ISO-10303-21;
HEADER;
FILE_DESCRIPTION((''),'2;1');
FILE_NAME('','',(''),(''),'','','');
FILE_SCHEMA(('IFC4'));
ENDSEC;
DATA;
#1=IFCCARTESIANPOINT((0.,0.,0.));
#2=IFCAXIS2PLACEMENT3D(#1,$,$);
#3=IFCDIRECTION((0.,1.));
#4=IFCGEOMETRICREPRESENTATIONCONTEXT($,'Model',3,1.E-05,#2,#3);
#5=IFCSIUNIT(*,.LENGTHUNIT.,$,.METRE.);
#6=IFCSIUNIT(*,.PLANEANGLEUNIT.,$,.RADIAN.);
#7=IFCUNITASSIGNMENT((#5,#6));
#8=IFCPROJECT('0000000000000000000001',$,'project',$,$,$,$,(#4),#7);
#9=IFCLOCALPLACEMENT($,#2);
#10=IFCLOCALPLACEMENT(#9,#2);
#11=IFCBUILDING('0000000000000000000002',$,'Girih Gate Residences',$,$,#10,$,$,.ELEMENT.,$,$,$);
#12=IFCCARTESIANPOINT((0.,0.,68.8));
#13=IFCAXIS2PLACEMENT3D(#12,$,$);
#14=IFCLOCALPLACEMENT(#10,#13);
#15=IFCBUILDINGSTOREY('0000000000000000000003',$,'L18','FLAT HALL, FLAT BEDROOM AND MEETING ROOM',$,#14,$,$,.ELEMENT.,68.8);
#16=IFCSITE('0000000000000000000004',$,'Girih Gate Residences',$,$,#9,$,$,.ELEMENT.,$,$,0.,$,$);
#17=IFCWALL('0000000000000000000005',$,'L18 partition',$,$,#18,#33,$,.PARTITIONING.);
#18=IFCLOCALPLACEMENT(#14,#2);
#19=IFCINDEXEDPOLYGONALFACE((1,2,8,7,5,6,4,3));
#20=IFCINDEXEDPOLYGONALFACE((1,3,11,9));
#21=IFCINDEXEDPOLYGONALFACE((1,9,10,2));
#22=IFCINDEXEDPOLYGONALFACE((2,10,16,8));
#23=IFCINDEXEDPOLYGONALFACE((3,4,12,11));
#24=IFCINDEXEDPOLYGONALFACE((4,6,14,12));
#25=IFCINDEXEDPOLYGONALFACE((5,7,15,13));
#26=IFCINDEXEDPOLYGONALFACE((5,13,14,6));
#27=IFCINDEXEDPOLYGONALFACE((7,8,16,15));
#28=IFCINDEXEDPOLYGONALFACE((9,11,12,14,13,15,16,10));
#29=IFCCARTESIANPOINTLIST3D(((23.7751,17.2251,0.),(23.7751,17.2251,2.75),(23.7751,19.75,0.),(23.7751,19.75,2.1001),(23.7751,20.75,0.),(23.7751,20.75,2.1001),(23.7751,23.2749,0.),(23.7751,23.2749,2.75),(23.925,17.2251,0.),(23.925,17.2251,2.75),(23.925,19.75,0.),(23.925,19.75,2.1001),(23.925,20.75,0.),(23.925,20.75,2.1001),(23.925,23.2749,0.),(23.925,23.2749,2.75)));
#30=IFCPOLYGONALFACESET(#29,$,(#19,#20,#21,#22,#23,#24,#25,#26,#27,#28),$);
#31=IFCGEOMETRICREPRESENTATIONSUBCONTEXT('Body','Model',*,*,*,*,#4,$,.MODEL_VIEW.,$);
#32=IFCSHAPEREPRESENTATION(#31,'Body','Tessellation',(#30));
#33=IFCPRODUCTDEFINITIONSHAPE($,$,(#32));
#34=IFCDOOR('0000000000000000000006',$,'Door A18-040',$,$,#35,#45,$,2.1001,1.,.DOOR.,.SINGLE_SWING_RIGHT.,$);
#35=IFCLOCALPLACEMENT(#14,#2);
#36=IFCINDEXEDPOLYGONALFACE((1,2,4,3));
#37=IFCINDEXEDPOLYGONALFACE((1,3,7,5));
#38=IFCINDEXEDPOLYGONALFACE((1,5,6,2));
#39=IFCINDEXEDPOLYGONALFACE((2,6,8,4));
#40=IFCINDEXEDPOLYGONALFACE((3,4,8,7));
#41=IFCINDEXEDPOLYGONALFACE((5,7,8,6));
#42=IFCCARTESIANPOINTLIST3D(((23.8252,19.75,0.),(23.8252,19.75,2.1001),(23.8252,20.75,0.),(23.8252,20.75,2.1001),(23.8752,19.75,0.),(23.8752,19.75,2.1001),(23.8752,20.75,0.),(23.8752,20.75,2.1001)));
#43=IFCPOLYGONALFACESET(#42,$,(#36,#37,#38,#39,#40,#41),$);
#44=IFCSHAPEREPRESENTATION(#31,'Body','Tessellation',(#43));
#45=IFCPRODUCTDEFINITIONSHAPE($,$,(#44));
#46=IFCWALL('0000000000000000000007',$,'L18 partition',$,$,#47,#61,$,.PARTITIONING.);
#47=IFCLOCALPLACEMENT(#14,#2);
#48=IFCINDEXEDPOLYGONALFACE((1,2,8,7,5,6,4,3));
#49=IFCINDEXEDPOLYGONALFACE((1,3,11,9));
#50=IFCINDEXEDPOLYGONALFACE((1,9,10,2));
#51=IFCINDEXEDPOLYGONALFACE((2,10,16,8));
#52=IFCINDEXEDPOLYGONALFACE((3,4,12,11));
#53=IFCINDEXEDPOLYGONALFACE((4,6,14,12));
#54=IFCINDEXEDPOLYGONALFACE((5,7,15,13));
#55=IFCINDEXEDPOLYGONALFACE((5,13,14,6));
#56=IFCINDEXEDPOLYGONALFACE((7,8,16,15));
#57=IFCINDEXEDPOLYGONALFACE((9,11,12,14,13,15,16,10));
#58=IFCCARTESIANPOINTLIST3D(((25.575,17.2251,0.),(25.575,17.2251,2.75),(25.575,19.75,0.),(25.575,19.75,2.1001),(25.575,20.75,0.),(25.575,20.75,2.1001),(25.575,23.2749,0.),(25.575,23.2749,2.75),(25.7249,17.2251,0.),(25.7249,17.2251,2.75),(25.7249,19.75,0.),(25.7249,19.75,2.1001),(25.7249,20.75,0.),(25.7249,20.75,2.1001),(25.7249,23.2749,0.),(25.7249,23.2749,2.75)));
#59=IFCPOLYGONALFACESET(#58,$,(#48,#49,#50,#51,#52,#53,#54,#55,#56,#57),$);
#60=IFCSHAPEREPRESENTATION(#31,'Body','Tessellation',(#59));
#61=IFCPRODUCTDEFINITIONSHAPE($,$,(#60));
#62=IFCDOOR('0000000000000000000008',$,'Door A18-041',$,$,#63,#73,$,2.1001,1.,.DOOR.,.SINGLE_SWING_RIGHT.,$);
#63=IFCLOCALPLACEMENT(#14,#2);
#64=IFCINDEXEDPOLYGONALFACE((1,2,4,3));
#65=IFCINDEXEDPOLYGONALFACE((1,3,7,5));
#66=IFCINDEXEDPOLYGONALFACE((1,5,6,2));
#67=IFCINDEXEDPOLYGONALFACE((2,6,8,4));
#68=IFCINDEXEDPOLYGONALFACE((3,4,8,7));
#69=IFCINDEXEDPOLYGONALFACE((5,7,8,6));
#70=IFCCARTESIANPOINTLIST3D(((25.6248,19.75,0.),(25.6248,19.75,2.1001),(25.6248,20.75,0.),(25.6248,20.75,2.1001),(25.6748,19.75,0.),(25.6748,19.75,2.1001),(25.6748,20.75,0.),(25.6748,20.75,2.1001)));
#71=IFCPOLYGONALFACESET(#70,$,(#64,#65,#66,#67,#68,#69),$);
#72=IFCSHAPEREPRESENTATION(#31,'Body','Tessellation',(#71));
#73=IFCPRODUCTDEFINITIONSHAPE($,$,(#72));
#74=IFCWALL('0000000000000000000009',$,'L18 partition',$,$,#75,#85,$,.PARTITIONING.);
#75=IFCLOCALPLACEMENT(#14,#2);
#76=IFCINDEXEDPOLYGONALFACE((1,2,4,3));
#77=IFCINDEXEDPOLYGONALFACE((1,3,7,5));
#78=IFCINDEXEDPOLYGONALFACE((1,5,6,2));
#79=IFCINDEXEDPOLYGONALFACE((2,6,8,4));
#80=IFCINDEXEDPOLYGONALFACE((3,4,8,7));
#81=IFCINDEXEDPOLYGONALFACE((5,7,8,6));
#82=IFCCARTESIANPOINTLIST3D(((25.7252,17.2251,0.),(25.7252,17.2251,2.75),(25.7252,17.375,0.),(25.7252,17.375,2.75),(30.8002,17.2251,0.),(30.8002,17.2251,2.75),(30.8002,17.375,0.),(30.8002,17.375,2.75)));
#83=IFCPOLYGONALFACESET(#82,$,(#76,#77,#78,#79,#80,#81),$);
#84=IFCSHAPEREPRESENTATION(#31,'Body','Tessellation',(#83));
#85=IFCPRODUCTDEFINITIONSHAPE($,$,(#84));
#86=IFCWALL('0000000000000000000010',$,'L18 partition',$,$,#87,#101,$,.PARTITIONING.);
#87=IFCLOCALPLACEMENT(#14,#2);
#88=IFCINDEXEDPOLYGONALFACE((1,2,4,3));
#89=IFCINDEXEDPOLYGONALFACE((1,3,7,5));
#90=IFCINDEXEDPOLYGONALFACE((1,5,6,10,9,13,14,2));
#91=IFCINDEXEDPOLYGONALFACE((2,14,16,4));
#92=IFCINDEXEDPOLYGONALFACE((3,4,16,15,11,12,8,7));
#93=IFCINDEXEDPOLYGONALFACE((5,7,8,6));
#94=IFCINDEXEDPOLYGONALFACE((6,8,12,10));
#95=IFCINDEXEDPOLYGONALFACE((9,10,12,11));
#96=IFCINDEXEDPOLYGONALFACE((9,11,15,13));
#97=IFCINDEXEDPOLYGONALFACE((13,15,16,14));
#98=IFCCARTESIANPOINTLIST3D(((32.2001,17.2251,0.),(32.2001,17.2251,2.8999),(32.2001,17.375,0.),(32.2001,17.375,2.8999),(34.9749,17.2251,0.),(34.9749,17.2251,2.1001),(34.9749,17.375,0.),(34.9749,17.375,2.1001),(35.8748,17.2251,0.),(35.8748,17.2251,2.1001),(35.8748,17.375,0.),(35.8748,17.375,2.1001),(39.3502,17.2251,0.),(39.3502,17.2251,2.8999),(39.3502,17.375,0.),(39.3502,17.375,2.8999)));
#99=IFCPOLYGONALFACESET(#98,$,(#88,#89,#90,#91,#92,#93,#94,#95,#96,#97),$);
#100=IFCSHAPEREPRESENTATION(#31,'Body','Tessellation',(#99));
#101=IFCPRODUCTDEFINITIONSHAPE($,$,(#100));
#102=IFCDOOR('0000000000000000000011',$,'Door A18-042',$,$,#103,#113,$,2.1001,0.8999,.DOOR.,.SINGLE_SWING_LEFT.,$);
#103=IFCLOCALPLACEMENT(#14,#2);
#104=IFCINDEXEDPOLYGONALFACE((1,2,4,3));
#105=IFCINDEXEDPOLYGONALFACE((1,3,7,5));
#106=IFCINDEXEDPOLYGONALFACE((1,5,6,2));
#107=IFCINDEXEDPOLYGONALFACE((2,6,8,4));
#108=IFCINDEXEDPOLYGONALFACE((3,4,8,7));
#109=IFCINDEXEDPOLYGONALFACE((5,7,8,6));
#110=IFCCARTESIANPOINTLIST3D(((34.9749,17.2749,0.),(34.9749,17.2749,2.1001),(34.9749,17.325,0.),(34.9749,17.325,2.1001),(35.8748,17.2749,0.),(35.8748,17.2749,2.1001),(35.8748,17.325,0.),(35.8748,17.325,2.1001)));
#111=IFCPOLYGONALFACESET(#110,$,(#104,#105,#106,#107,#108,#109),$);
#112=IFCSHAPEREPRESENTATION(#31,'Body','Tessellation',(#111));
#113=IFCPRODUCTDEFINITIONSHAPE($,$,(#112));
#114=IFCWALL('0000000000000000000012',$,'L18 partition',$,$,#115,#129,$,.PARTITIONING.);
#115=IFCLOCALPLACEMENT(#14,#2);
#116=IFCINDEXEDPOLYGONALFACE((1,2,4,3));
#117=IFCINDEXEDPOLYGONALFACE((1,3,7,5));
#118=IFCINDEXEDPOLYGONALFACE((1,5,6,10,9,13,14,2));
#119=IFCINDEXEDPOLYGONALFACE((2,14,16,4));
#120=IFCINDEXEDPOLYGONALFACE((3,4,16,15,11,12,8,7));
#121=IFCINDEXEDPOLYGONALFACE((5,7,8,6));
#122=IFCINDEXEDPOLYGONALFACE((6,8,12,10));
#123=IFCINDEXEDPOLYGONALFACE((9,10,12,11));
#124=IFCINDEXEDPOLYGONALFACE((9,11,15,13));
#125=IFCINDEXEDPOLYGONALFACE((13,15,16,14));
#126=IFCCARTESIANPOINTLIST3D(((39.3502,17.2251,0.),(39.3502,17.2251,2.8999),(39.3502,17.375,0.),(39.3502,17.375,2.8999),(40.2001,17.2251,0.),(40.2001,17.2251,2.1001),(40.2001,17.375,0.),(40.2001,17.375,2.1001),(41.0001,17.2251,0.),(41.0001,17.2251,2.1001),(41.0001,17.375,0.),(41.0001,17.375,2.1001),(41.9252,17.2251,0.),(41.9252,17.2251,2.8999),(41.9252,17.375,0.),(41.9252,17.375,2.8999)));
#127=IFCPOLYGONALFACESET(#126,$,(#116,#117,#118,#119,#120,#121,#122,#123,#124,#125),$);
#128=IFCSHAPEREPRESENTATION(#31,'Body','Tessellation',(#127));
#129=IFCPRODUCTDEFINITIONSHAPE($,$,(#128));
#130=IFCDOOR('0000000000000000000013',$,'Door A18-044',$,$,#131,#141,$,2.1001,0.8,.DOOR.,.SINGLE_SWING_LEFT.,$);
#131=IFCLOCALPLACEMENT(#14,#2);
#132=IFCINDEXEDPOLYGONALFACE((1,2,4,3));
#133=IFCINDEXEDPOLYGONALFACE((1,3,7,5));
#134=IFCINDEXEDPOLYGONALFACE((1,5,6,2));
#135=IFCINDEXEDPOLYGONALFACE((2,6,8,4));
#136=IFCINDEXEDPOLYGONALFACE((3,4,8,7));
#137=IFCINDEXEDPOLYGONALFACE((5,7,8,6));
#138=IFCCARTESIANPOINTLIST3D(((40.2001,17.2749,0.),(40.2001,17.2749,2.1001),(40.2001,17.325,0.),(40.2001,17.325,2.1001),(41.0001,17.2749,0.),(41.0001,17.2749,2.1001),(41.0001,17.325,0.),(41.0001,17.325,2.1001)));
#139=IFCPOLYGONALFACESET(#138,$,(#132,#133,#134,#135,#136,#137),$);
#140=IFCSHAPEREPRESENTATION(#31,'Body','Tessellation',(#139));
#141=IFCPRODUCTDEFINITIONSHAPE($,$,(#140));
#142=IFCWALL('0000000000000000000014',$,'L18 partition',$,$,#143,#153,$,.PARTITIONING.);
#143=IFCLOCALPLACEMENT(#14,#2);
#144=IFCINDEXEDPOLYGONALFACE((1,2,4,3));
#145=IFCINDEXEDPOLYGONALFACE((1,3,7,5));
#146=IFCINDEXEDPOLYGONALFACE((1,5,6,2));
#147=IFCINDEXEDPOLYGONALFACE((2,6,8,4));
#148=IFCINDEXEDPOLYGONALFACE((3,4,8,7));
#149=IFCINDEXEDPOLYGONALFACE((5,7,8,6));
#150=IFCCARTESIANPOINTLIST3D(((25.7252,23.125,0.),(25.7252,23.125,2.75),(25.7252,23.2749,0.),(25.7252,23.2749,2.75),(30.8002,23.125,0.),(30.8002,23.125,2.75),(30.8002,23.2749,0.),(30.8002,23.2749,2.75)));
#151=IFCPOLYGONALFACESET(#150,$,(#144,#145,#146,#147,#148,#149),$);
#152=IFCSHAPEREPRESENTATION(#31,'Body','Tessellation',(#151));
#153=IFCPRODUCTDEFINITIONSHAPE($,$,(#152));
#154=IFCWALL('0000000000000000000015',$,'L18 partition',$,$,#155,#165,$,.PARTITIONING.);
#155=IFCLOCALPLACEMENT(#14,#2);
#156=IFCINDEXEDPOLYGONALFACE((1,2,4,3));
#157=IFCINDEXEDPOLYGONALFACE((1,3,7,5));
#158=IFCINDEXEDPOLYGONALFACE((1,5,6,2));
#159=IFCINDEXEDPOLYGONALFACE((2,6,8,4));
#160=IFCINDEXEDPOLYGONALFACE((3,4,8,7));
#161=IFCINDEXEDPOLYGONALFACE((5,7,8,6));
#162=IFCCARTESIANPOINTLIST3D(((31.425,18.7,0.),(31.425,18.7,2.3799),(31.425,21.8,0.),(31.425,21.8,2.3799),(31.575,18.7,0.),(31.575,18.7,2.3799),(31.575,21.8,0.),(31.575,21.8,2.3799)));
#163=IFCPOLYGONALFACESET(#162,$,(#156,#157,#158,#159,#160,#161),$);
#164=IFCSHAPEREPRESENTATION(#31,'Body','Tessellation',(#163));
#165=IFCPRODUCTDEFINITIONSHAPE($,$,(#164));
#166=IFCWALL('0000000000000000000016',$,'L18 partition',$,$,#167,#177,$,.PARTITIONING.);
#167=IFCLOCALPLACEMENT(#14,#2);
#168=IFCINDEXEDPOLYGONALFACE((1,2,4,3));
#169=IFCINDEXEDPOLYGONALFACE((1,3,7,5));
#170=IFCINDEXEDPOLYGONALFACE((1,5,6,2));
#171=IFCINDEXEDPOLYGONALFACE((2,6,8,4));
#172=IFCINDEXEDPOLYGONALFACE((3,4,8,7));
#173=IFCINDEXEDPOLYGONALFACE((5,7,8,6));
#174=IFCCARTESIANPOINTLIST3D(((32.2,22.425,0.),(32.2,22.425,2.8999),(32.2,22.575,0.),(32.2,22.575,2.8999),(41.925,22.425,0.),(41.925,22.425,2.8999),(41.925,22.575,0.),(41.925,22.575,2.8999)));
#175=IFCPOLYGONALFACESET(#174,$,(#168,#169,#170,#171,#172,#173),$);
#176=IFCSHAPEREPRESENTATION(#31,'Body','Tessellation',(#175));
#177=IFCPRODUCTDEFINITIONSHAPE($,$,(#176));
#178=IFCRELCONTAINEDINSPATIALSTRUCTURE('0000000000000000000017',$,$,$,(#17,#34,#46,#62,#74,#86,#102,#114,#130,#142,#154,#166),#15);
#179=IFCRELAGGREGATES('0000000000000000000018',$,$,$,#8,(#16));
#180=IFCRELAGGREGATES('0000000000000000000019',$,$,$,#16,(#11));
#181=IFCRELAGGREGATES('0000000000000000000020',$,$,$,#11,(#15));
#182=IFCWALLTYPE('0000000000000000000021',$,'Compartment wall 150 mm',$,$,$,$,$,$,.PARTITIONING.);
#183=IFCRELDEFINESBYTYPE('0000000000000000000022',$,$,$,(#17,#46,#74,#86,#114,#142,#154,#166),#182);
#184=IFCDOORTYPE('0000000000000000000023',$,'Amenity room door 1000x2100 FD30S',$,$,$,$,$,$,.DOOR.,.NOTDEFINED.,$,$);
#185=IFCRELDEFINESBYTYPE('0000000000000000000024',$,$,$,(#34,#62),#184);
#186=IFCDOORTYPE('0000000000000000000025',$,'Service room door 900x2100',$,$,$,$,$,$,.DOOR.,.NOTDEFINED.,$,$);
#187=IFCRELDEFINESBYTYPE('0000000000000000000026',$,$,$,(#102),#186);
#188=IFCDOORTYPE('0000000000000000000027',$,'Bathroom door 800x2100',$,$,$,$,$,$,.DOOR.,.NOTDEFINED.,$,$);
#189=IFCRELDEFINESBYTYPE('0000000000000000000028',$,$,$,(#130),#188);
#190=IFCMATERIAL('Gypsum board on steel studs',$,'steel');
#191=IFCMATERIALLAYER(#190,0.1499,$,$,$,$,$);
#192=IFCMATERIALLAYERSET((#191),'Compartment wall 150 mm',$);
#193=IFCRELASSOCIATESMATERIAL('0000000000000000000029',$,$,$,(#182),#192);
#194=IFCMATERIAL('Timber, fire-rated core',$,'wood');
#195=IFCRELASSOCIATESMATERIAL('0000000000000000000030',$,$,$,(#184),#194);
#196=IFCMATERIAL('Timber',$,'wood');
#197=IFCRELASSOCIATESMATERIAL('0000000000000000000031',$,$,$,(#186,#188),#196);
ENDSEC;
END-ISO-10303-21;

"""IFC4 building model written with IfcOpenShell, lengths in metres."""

from ifc_helpers import new_model, si_unit, direction, frame, frame_2d, origin, place, context, subcontext, project, spatial, rectangle, extrude, material, layer, layer_set, type_object, element, fill, save


model = new_model("IFC4")

# Units and contexts
model_context = context("Model", 3, precision=1e-05, world=origin(), true_north=direction((0.0, 1.0)))
body_context = subcontext(model_context, "Body", "Model", "MODEL_VIEW")
ifc_project = project(units=[si_unit("LENGTHUNIT", "METRE"), si_unit("PLANEANGLEUNIT", "RADIAN")], contexts=[model_context])

# Site, building, storey
site_placement = place(None, origin())
site = spatial("IfcSite", under=ifc_project, at=site_placement, Name="Girih Gate Residences", CompositionType="ELEMENT", RefElevation=0.0)
building_placement = place(site_placement, origin())
building = spatial("IfcBuilding", under=site, at=building_placement, Name="Girih Gate Residences", CompositionType="ELEMENT")
storey_placement = place(building_placement, frame((0.0, 0.0, 68.8)))
storey = spatial("IfcBuildingStorey", under=building, at=storey_placement, Name="L18", Description="FLAT HALL, FLAT BEDROOM AND MEETING ROOM", CompositionType="ELEMENT", Elevation=68.8)

# Shared definitions
ifc_material_1 = material(Name="Gypsum board on steel studs", Category="steel")
ifc_layer_1 = layer(ifc_material_1, 0.1499)
ifc_layer_set_1 = layer_set([ifc_layer_1], Name="Compartment wall 150 mm")
wall_type_1 = type_object("IfcWallType", Name="Compartment wall 150 mm", PredefinedType="PARTITIONING", material=ifc_layer_set_1)

# Walls, openings, doors
ifc_material_2 = material(Name="Timber, fire-rated core", Category="wood")
door_type_1 = type_object("IfcDoorType", Name="Amenity room door 1000x2100 FD30S", OperationType="NOTDEFINED", PredefinedType="DOOR", material=ifc_material_2)
wall_1_placement = place(storey_placement, frame((23.8501, 17.2251, 0.0), z_axis=(0.0, 0.0, 1.0), x_axis=(0.0, 1.0, 0.0)))
wall_1 = element("IfcWall", 1, at=wall_1_placement, inside=storey, type_object=wall_type_1, Name="L18 partition", PredefinedType="PARTITIONING", context=body_context, shape_type="SweptSolid", body=[
    extrude(rectangle(XDim=6.0498, YDim=0.1499, at=frame_2d((3.0249, 0.0))), origin(), (0.0, 0.0, 1.0), 2.75),
])
opening_1_placement = place(wall_1_placement, frame((2.5249, 0.0, 0.0)))
opening_1 = element("IfcOpeningElement", 2, at=opening_1_placement, cuts=wall_1, PredefinedType="OPENING", context=body_context, shape_type="SweptSolid", body=[
    extrude(rectangle(XDim=1.0, YDim=2.1001, at=frame_2d((0.5, 1.05))), frame((0.0, 0.085, 0.0), z_axis=(0.0, -1.0, 0.0), x_axis=(1.0, 0.0, 0.0)), (0.0, 0.0, 1.0), 0.1699),
])
door_1_placement = place(opening_1_placement, origin())
door_1 = element("IfcDoor", 3, at=door_1_placement, inside=storey, type_object=door_type_1, Name="Door A18-040", OperationType="SINGLE_SWING_RIGHT", OverallHeight=2.1001, OverallWidth=1.0, PredefinedType="DOOR", context=body_context, shape_type="SweptSolid", body=[
    extrude(rectangle(XDim=1.0, YDim=2.1001, at=frame_2d((0.5, 1.05))), frame((0.0, 0.0249, 0.0), z_axis=(0.0, -1.0, 0.0), x_axis=(1.0, 0.0, 0.0)), (0.0, 0.0, 1.0), 0.05),
])
fill(opening_1, door_1)
wall_2_placement = place(storey_placement, frame((25.6499, 23.2749, 0.0), z_axis=(0.0, 0.0, 1.0), x_axis=(0.0, -1.0, 0.0)))
wall_2 = element("IfcWall", 4, at=wall_2_placement, inside=storey, type_object=wall_type_1, Name="L18 partition", PredefinedType="PARTITIONING", context=body_context, shape_type="SweptSolid", body=[
    extrude(rectangle(XDim=6.0498, YDim=0.1499, at=frame_2d((3.0249, 0.0))), origin(), (0.0, 0.0, 1.0), 2.75),
])
opening_2_placement = place(wall_2_placement, frame((2.5249, 0.0, 0.0)))
opening_2 = element("IfcOpeningElement", 5, at=opening_2_placement, cuts=wall_2, PredefinedType="OPENING", context=body_context, shape_type="SweptSolid", body=[
    extrude(rectangle(XDim=1.0, YDim=2.1001, at=frame_2d((0.5, 1.05))), frame((0.0, 0.085, 0.0), z_axis=(0.0, -1.0, 0.0), x_axis=(1.0, 0.0, 0.0)), (0.0, 0.0, 1.0), 0.1699),
])
door_2_placement = place(opening_2_placement, origin())
door_2 = element("IfcDoor", 6, at=door_2_placement, inside=storey, type_object=door_type_1, Name="Door A18-041", OperationType="SINGLE_SWING_RIGHT", OverallHeight=2.1001, OverallWidth=1.0, PredefinedType="DOOR", context=body_context, shape_type="SweptSolid", body=[
    extrude(rectangle(XDim=1.0, YDim=2.1001, at=frame_2d((0.5, 1.05))), frame((0.0, 0.0249, 0.0), z_axis=(0.0, -1.0, 0.0), x_axis=(1.0, 0.0, 0.0)), (0.0, 0.0, 1.0), 0.05),
])
fill(opening_2, door_2)

# Wall
wall_3_placement = place(storey_placement, frame((25.7251, 17.3, 0.0), z_axis=(0.0, 0.0, 1.0), x_axis=(1.0, 0.0, 0.0)))
element("IfcWall", 7, at=wall_3_placement, inside=storey, type_object=wall_type_1, Name="L18 partition", PredefinedType="PARTITIONING", context=body_context, shape_type="SweptSolid", body=[
    extrude(rectangle(XDim=5.075, YDim=0.1499, at=frame_2d((2.5376, 0.0))), origin(), (0.0, 0.0, 1.0), 2.75),
])

# Walls, openings, doors
wall_4_placement = place(storey_placement, frame((32.2, 17.3, 0.0), z_axis=(0.0, 0.0, 1.0), x_axis=(1.0, 0.0, 0.0)))
wall_4 = element("IfcWall", 8, at=wall_4_placement, inside=storey, type_object=wall_type_1, Name="L18 partition", PredefinedType="PARTITIONING", context=body_context, shape_type="SweptSolid", body=[
    extrude(rectangle(XDim=7.1501, YDim=0.1499, at=frame_2d((3.5752, 0.0))), origin(), (0.0, 0.0, 1.0), 2.8999),
])
opening_3_placement = place(wall_4_placement, frame((2.7749, 0.0, 0.0)))
opening_3 = element("IfcOpeningElement", 9, at=opening_3_placement, cuts=wall_4, PredefinedType="OPENING", context=body_context, shape_type="SweptSolid", body=[
    extrude(rectangle(XDim=0.8999, YDim=2.1001, at=frame_2d((0.45, 1.05))), frame((0.0, 0.085, 0.0), z_axis=(0.0, -1.0, 0.0), x_axis=(1.0, 0.0, 0.0)), (0.0, 0.0, 1.0), 0.1699),
])
ifc_material_3 = material(Name="Timber", Category="wood")
door_type_2 = type_object("IfcDoorType", Name="Service room door 900x2100", OperationType="NOTDEFINED", PredefinedType="DOOR", material=ifc_material_3)
door_3_placement = place(opening_3_placement, origin())
door_3 = element("IfcDoor", 10, at=door_3_placement, inside=storey, type_object=door_type_2, Name="Door A18-042", OperationType="SINGLE_SWING_LEFT", OverallHeight=2.1001, OverallWidth=0.8999, PredefinedType="DOOR", context=body_context, shape_type="SweptSolid", body=[
    extrude(rectangle(XDim=0.8999, YDim=2.1001, at=frame_2d((0.45, 1.05))), frame((0.0, 0.0249, 0.0), z_axis=(0.0, -1.0, 0.0), x_axis=(1.0, 0.0, 0.0)), (0.0, 0.0, 1.0), 0.05),
])
fill(opening_3, door_3)
wall_5_placement = place(storey_placement, frame((39.3501, 17.3, 0.0), z_axis=(0.0, 0.0, 1.0), x_axis=(1.0, 0.0, 0.0)))
wall_5 = element("IfcWall", 11, at=wall_5_placement, inside=storey, type_object=wall_type_1, Name="L18 partition", PredefinedType="PARTITIONING", context=body_context, shape_type="SweptSolid", body=[
    extrude(rectangle(XDim=2.575, YDim=0.1499, at=frame_2d((1.2876, 0.0))), origin(), (0.0, 0.0, 1.0), 2.8999),
])
opening_4_placement = place(wall_5_placement, frame((0.8501, 0.0, 0.0)))
opening_4 = element("IfcOpeningElement", 12, at=opening_4_placement, cuts=wall_5, PredefinedType="OPENING", context=body_context, shape_type="SweptSolid", body=[
    extrude(rectangle(XDim=0.8, YDim=2.1001, at=frame_2d((0.3999, 1.05))), frame((0.0, 0.085, 0.0), z_axis=(0.0, -1.0, 0.0), x_axis=(1.0, 0.0, 0.0)), (0.0, 0.0, 1.0), 0.1699),
])
door_type_3 = type_object("IfcDoorType", Name="Bathroom door 800x2100", OperationType="NOTDEFINED", PredefinedType="DOOR", material=ifc_material_3)
door_4_placement = place(opening_4_placement, origin())
door_4 = element("IfcDoor", 13, at=door_4_placement, inside=storey, type_object=door_type_3, Name="Door A18-044", OperationType="SINGLE_SWING_LEFT", OverallHeight=2.1001, OverallWidth=0.8, PredefinedType="DOOR", context=body_context, shape_type="SweptSolid", body=[
    extrude(rectangle(XDim=0.8, YDim=2.1001, at=frame_2d((0.3999, 1.05))), frame((0.0, 0.0249, 0.0), z_axis=(0.0, -1.0, 0.0), x_axis=(1.0, 0.0, 0.0)), (0.0, 0.0, 1.0), 0.05),
])
fill(opening_4, door_4)

# Walls
wall_6_placement = place(storey_placement, frame((25.7251, 23.2, 0.0), z_axis=(0.0, 0.0, 1.0), x_axis=(1.0, 0.0, 0.0)))
element("IfcWall", 14, at=wall_6_placement, inside=storey, type_object=wall_type_1, Name="L18 partition", PredefinedType="PARTITIONING", context=body_context, shape_type="SweptSolid", body=[
    extrude(rectangle(XDim=5.075, YDim=0.1499, at=frame_2d((2.5376, 0.0))), origin(), (0.0, 0.0, 1.0), 2.75),
])
wall_7_placement = place(storey_placement, frame((31.5, 18.7, 0.0), z_axis=(0.0, 0.0, 1.0), x_axis=(0.0, 1.0, 0.0)))
element("IfcWall", 15, at=wall_7_placement, inside=storey, type_object=wall_type_1, Name="L18 partition", PredefinedType="PARTITIONING", context=body_context, shape_type="SweptSolid", body=[
    extrude(rectangle(XDim=3.1001, YDim=0.1499, at=frame_2d((1.55, 0.0))), origin(), (0.0, 0.0, 1.0), 2.3799),
])
wall_8_placement = place(storey_placement, frame((32.2, 22.5, 0.0), z_axis=(0.0, 0.0, 1.0), x_axis=(1.0, 0.0, 0.0)))
element("IfcWall", 16, at=wall_8_placement, inside=storey, type_object=wall_type_1, Name="L18 partition", PredefinedType="PARTITIONING", context=body_context, shape_type="SweptSolid", body=[
    extrude(rectangle(XDim=9.7251, YDim=0.1499, at=frame_2d((4.8625, 0.0))), origin(), (0.0, 0.0, 1.0), 2.8999),
])

save(model, "model.ifc")
